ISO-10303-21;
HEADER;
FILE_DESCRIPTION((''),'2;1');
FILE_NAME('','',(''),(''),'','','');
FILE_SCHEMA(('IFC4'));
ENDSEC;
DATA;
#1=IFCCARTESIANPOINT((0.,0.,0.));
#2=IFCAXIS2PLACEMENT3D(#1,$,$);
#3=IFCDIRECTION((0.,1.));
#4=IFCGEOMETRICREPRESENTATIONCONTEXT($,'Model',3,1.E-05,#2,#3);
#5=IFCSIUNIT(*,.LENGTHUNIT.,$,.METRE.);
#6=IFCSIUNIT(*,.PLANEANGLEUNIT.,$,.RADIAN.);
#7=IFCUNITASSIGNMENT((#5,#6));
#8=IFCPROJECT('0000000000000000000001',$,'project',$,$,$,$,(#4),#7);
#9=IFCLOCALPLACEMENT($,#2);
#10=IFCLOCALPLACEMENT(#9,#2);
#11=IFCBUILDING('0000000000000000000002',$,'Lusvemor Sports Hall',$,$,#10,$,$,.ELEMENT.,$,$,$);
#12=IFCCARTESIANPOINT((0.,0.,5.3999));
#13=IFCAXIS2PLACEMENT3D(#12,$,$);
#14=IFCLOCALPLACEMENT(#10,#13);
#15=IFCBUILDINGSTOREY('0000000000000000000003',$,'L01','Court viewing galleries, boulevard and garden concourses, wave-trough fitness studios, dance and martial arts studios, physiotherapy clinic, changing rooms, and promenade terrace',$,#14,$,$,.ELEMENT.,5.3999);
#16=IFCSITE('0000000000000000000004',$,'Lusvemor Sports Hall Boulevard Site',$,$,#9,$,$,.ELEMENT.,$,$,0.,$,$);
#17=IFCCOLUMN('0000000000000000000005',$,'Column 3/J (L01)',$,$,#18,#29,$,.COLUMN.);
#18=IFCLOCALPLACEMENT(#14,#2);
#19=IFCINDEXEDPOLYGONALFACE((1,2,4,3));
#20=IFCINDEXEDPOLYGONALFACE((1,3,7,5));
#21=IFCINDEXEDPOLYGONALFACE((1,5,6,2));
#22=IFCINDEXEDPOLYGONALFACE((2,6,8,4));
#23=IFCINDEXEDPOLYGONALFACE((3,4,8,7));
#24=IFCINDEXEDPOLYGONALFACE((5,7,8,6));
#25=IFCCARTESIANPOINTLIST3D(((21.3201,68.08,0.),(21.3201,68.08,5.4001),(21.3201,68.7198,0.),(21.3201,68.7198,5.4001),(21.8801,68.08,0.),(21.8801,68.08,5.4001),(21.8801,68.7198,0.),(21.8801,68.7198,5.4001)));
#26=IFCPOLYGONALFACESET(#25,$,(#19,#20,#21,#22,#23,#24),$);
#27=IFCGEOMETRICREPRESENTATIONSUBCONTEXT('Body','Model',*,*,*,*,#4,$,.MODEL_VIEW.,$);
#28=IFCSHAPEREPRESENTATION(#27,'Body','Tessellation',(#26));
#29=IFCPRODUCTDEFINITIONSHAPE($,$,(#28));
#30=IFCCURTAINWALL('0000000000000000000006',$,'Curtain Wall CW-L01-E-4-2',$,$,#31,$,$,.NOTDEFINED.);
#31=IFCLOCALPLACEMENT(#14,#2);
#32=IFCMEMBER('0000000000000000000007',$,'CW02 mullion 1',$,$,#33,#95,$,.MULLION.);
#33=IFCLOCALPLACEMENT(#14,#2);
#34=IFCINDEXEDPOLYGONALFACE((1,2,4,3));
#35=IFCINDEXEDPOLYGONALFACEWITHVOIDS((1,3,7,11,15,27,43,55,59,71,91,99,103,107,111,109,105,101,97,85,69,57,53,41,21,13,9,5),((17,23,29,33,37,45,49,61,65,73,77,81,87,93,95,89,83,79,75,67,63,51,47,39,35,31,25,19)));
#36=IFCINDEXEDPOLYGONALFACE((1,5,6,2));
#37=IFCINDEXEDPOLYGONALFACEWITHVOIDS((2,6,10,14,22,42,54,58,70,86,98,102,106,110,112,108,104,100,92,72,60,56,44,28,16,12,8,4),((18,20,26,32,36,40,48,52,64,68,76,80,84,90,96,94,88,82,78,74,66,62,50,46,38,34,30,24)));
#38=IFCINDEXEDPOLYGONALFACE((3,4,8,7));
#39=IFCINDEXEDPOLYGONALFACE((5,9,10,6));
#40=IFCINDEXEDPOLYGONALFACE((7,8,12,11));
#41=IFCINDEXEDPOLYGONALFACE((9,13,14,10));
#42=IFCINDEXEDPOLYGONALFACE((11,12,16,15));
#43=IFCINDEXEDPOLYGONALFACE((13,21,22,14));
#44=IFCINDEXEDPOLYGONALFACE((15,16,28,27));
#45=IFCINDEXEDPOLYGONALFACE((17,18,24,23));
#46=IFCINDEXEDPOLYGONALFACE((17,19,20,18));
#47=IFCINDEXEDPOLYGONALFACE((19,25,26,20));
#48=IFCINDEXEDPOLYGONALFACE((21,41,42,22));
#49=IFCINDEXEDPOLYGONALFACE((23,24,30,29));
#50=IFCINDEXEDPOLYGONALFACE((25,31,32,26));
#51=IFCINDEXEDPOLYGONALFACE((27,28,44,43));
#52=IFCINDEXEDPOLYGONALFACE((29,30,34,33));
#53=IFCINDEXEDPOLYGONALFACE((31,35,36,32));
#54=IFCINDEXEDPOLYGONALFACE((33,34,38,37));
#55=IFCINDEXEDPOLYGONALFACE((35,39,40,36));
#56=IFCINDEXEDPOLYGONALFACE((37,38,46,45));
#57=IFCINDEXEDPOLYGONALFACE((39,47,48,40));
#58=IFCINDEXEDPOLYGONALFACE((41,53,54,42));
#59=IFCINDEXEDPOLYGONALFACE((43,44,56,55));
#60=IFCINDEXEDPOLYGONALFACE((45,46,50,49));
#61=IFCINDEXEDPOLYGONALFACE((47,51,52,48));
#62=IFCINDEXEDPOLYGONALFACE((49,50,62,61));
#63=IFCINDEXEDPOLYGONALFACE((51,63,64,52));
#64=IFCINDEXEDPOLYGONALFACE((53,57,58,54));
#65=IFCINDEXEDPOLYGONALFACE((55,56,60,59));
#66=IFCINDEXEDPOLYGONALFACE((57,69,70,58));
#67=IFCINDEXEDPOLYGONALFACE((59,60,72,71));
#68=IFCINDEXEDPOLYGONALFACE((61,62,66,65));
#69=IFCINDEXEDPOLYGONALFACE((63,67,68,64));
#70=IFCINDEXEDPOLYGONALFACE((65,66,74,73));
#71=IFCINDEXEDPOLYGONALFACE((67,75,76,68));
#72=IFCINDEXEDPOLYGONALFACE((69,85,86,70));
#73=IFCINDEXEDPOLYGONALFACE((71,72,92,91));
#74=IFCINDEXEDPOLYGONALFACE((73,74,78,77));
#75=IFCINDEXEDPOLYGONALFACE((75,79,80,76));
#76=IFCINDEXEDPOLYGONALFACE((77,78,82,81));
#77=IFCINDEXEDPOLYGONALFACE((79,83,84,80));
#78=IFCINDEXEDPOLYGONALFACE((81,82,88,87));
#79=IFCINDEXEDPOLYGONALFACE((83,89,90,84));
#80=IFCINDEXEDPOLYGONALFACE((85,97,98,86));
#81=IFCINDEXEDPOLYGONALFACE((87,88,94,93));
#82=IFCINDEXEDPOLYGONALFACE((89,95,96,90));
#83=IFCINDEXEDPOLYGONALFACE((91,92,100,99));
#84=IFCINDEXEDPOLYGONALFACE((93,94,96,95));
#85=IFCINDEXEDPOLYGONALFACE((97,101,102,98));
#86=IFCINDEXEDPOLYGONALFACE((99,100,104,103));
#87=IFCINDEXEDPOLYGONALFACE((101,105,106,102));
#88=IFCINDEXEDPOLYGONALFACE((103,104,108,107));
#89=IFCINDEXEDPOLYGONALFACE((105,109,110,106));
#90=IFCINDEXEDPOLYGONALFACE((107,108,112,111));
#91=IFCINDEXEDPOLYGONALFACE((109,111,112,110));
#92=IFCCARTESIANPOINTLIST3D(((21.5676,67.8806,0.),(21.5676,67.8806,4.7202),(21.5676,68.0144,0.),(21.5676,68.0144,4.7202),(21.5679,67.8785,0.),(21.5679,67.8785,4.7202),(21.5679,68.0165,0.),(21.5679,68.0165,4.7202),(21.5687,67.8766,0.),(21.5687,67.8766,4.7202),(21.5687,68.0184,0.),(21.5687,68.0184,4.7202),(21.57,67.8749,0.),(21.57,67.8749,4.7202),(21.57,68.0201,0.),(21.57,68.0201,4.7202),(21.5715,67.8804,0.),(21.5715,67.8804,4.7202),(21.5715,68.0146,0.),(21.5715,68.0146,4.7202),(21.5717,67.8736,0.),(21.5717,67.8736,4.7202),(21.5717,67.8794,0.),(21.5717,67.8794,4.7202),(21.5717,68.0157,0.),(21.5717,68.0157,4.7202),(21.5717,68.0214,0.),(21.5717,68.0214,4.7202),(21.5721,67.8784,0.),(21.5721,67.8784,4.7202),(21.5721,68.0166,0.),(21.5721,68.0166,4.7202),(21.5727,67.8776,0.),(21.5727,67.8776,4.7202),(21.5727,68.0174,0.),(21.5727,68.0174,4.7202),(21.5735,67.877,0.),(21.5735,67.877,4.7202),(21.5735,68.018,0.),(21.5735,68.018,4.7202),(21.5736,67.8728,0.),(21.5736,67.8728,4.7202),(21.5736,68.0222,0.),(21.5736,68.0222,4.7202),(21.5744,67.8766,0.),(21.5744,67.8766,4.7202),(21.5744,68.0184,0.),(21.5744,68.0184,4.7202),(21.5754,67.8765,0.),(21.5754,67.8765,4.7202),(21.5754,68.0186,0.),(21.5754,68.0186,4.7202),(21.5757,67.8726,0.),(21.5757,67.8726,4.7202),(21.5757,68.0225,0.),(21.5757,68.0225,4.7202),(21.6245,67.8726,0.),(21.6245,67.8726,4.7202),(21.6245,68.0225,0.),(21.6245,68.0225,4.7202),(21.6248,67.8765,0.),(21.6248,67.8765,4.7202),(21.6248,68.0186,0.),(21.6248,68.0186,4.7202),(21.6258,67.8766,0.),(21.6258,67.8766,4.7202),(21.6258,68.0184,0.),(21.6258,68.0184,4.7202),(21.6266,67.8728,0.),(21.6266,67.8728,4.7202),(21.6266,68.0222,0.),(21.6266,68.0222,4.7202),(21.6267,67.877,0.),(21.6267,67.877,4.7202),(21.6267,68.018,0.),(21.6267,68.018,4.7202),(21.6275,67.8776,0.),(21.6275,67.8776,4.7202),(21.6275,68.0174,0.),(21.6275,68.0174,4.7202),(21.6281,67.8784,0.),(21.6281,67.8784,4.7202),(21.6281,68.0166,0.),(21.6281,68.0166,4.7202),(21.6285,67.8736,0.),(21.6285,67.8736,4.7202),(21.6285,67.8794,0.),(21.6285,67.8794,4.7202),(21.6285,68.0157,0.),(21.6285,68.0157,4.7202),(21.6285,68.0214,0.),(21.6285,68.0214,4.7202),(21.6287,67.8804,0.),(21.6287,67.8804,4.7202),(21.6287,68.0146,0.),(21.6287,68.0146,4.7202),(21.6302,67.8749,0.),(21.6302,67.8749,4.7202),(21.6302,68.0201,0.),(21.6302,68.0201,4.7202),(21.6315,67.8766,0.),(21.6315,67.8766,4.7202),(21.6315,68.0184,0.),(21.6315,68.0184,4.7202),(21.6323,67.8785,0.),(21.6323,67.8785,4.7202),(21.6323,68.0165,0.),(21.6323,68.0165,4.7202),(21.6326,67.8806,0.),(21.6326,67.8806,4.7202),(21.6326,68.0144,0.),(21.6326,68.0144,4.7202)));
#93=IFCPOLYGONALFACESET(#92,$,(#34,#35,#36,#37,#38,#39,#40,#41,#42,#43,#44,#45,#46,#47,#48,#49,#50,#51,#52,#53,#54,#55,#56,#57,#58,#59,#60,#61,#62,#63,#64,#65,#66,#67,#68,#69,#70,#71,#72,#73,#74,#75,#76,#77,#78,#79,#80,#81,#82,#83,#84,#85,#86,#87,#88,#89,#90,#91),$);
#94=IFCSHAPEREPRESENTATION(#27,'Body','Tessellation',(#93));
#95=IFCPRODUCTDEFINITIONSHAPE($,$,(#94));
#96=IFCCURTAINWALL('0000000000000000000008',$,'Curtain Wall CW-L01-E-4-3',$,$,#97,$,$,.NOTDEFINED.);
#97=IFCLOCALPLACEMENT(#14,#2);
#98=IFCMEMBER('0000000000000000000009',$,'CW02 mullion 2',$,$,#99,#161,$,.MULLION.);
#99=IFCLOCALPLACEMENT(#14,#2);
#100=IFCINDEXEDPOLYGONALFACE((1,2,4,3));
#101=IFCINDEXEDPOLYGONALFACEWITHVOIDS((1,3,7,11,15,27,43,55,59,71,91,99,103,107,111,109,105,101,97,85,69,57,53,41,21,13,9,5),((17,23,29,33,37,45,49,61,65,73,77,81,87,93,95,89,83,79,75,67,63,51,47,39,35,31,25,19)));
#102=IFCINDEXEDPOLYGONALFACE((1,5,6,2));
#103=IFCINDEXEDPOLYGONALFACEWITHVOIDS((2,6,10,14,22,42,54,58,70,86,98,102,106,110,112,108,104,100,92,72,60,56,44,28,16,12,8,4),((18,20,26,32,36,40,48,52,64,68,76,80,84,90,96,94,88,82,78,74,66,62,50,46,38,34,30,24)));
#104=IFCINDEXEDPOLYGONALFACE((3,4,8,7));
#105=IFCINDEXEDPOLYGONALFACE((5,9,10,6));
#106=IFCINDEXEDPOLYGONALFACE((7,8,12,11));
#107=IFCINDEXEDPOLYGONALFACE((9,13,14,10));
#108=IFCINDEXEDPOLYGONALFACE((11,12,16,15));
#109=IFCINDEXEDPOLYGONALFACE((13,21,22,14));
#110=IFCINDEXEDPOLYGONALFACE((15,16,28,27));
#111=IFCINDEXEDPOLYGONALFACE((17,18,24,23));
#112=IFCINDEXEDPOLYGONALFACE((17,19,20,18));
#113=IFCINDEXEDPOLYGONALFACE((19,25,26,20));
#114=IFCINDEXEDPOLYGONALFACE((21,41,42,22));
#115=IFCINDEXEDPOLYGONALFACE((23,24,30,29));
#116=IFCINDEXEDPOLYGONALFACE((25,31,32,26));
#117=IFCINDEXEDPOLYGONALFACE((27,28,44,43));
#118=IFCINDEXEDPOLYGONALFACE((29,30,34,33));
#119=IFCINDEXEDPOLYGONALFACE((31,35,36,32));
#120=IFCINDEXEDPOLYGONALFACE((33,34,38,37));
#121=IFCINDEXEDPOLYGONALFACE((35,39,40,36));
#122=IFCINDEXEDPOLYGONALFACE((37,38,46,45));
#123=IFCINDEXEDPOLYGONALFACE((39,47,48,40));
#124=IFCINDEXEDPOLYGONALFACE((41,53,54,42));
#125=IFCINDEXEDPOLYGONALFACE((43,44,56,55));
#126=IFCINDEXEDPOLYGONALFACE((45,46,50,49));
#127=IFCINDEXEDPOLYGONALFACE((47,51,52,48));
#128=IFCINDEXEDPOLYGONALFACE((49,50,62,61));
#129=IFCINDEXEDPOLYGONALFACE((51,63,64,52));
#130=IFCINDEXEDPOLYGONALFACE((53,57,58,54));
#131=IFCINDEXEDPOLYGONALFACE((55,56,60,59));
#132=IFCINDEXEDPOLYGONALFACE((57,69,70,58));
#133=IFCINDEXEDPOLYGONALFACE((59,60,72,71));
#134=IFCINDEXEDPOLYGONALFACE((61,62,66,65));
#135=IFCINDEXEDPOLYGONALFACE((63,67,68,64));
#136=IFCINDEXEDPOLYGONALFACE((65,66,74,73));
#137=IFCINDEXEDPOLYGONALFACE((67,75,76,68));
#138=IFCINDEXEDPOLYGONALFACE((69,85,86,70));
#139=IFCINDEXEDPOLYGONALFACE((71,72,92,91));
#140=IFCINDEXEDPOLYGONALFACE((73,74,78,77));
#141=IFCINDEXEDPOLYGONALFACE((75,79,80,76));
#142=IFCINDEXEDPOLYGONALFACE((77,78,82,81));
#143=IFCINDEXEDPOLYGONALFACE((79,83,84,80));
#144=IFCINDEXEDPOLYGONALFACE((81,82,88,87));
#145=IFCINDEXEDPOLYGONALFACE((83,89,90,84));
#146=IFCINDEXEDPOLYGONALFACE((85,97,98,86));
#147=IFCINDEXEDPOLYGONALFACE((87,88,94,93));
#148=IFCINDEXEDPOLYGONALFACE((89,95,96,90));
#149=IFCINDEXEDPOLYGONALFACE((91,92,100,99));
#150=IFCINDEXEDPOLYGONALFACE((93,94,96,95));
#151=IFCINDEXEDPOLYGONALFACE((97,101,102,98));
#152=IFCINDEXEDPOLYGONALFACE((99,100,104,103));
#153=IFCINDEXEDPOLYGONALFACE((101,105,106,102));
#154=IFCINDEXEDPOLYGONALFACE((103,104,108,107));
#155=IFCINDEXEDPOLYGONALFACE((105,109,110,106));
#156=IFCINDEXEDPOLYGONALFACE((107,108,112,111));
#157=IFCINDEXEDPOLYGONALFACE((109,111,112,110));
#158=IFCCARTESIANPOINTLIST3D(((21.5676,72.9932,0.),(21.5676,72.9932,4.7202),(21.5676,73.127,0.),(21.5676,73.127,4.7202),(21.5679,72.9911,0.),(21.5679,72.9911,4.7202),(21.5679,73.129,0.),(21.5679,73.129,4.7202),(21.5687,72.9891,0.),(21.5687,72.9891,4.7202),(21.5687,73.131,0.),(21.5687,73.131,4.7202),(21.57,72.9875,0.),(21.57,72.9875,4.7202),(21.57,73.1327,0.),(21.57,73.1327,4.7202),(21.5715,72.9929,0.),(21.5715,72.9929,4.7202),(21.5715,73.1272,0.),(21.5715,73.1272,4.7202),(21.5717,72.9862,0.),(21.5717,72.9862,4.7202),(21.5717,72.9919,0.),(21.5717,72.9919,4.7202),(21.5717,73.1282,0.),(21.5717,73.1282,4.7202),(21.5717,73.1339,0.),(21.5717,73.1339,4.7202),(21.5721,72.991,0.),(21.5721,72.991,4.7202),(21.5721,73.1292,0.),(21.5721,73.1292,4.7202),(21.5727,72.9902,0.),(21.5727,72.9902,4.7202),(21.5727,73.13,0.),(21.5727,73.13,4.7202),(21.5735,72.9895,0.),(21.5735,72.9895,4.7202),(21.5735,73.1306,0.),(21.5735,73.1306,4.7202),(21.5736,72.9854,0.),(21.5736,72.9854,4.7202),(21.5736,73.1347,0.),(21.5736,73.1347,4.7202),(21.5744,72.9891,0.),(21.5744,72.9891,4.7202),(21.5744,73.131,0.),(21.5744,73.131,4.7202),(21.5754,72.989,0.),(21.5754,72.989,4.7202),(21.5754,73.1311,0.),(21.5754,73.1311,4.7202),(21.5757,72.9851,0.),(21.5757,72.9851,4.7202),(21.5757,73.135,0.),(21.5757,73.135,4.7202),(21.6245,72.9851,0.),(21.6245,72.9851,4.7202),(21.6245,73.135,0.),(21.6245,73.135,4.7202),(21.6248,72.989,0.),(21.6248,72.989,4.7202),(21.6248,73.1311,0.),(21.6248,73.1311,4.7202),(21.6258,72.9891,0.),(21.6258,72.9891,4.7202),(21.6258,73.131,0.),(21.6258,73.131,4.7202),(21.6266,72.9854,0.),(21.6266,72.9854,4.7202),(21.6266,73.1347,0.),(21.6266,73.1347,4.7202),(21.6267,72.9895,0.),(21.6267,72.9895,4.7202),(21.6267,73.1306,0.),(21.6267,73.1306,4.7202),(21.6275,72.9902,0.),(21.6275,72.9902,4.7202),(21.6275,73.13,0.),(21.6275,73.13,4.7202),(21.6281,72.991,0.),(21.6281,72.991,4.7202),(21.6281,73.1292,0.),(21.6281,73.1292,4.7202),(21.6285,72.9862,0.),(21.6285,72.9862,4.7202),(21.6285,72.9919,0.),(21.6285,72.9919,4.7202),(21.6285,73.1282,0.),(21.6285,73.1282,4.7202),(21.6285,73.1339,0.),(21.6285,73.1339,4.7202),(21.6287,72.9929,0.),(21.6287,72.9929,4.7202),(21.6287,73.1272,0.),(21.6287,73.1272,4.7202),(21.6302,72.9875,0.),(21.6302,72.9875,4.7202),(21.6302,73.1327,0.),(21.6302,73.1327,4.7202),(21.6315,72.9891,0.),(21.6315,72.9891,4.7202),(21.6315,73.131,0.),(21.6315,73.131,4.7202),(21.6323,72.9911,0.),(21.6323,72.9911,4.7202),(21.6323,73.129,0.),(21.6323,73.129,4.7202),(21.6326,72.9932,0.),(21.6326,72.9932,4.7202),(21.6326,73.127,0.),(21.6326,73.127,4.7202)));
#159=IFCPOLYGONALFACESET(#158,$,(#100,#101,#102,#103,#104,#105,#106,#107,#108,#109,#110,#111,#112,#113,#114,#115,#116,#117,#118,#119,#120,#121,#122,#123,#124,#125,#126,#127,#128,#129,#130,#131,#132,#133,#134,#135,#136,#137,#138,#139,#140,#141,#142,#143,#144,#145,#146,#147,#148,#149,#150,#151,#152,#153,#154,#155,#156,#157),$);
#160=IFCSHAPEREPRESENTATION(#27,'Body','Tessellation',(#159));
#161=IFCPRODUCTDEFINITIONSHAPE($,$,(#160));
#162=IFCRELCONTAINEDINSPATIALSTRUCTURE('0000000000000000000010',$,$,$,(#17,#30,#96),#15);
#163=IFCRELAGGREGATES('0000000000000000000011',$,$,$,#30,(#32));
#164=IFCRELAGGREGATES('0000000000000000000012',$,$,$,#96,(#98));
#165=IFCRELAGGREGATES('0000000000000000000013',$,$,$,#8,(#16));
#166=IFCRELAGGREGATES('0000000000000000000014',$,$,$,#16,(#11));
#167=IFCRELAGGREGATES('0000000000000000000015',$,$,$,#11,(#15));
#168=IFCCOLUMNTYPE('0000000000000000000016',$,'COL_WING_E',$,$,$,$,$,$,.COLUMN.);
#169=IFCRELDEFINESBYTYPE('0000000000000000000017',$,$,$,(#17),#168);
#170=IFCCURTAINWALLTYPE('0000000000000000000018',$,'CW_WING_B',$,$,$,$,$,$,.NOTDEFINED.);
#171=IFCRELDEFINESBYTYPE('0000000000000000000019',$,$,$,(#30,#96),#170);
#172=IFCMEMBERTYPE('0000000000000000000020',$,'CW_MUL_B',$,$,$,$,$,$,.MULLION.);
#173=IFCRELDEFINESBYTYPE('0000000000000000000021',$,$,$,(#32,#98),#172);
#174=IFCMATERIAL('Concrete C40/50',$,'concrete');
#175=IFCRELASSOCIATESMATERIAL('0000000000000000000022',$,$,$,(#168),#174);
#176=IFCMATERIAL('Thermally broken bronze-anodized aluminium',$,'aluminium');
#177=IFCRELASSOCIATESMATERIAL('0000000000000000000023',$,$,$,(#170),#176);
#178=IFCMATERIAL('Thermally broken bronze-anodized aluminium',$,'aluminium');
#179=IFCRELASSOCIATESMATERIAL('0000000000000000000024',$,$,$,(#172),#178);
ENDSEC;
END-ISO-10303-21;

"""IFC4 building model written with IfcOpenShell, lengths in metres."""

from ifc_helpers import new_model, si_unit, direction, frame, origin, origin_2d, place, context, subcontext, project, spatial, rectangle, hollow_rectangle, extrude, material, material_profile, profile_set, type_object, element, aggregate, save


model = new_model("IFC4")

# Units and contexts
model_context = context("Model", 3, precision=1e-05, world=origin(), true_north=direction((0.0, 1.0)))
body_context = subcontext(model_context, "Body", "Model", "MODEL_VIEW")
ifc_project = project(units=[si_unit("LENGTHUNIT", "METRE"), si_unit("PLANEANGLEUNIT", "RADIAN")], contexts=[model_context])

# Site, building, storey
site_placement = place(None, origin())
site = spatial("IfcSite", under=ifc_project, at=site_placement, Name="Lusvemor Sports Hall Boulevard Site", CompositionType="ELEMENT", RefElevation=0.0)
building_placement = place(site_placement, origin())
building = spatial("IfcBuilding", under=site, at=building_placement, Name="Lusvemor Sports Hall", CompositionType="ELEMENT")
storey_placement = place(building_placement, frame((0.0, 0.0, 5.3999)))
storey = spatial("IfcBuildingStorey", under=building, at=storey_placement, Name="L01", Description="Court viewing galleries, boulevard and garden concourses, wave-trough fitness studios, dance and martial arts studios, physiotherapy clinic, changing rooms, and promenade terrace", CompositionType="ELEMENT", Elevation=5.3999)

# Column
ifc_material_1 = material(Name="Concrete C40/50", Category="concrete")
ifc_material_profile_1 = material_profile(ifc_material_1, rectangle(XDim=0.5601, YDim=0.6399, at=origin_2d()), Name="RC560x640")
ifc_profile_set_1 = profile_set([ifc_material_profile_1], Name="Concrete C40/50")
column_type = type_object("IfcColumnType", Name="COL_WING_E", PredefinedType="COLUMN", material=ifc_profile_set_1)
column_placement = place(storey_placement, frame((21.6001, 68.3999, 0.0), z_axis=(0.0, 0.0, 1.0), x_axis=(1.0, 0.0, 0.0)))
element("IfcColumn", 1, at=column_placement, inside=storey, type_object=column_type, Name="Column 3/J (L01)", PredefinedType="COLUMN", context=body_context, shape_type="SweptSolid", body=[
    extrude(rectangle(XDim=0.5601, YDim=0.6399, at=origin_2d()), origin(), (0.0, 0.0, 1.0), 5.4001),
])

# Curtain wall, member
ifc_material_2 = material(Name="Thermally broken bronze-anodized aluminium", Category="aluminium")
curtain_wall_type = type_object("IfcCurtainWallType", Name="CW_WING_B", PredefinedType="NOTDEFINED", material=ifc_material_2)
curtain_wall_1_placement = place(storey_placement, origin())
curtain_wall_1 = element("IfcCurtainWall", 2, at=curtain_wall_1_placement, inside=storey, type_object=curtain_wall_type, Name="Curtain Wall CW-L01-E-4-2", PredefinedType="NOTDEFINED")
ifc_material_3 = material(Name="Thermally broken bronze-anodized aluminium", Category="aluminium")
ifc_material_profile_2 = material_profile(ifc_material_3, hollow_rectangle(XDim=0.0649, YDim=0.1499, WallThickness=0.0039, InnerFilletRadius=0.0039, OuterFilletRadius=0.0081, at=origin_2d()), Name="CWMUL150x65x4")
ifc_profile_set_2 = profile_set([ifc_material_profile_2], Name="Thermally broken bronze-anodized aluminium")
member_type_1 = type_object("IfcMemberType", Name="CW_MUL_B", PredefinedType="MULLION", material=ifc_profile_set_2)
member_1_placement = place(storey_placement, frame((21.6001, 67.9475, 0.0), z_axis=(0.0, 0.0, 1.0), x_axis=(1.0, 0.0, 0.0)))
member_1 = element("IfcMember", 3, at=member_1_placement, type_object=member_type_1, Name="CW02 mullion 1", PredefinedType="MULLION", context=body_context, shape_type="SweptSolid", body=[
    extrude(hollow_rectangle(XDim=0.0649, YDim=0.1499, WallThickness=0.0039, InnerFilletRadius=0.0039, OuterFilletRadius=0.0081, at=origin_2d()), origin(), (0.0, 0.0, 1.0), 4.7202),
])

# Curtain wall, member
curtain_wall_2_placement = place(storey_placement, origin())
curtain_wall_2 = element("IfcCurtainWall", 4, at=curtain_wall_2_placement, inside=storey, type_object=curtain_wall_type, Name="Curtain Wall CW-L01-E-4-3", PredefinedType="NOTDEFINED")
member_2_placement = place(storey_placement, frame((21.6001, 73.0601, 0.0), z_axis=(0.0, 0.0, 1.0), x_axis=(1.0, 0.0, 0.0)))
member_2 = element("IfcMember", 5, at=member_2_placement, type_object=member_type_1, Name="CW02 mullion 2", PredefinedType="MULLION", context=body_context, shape_type="SweptSolid", body=[
    extrude(hollow_rectangle(XDim=0.0649, YDim=0.1499, WallThickness=0.0039, InnerFilletRadius=0.0039, OuterFilletRadius=0.0081, at=origin_2d()), origin(), (0.0, 0.0, 1.0), 4.7202),
])

aggregate(curtain_wall_1, [member_1])

aggregate(curtain_wall_2, [member_2])

save(model, "model.ifc")
